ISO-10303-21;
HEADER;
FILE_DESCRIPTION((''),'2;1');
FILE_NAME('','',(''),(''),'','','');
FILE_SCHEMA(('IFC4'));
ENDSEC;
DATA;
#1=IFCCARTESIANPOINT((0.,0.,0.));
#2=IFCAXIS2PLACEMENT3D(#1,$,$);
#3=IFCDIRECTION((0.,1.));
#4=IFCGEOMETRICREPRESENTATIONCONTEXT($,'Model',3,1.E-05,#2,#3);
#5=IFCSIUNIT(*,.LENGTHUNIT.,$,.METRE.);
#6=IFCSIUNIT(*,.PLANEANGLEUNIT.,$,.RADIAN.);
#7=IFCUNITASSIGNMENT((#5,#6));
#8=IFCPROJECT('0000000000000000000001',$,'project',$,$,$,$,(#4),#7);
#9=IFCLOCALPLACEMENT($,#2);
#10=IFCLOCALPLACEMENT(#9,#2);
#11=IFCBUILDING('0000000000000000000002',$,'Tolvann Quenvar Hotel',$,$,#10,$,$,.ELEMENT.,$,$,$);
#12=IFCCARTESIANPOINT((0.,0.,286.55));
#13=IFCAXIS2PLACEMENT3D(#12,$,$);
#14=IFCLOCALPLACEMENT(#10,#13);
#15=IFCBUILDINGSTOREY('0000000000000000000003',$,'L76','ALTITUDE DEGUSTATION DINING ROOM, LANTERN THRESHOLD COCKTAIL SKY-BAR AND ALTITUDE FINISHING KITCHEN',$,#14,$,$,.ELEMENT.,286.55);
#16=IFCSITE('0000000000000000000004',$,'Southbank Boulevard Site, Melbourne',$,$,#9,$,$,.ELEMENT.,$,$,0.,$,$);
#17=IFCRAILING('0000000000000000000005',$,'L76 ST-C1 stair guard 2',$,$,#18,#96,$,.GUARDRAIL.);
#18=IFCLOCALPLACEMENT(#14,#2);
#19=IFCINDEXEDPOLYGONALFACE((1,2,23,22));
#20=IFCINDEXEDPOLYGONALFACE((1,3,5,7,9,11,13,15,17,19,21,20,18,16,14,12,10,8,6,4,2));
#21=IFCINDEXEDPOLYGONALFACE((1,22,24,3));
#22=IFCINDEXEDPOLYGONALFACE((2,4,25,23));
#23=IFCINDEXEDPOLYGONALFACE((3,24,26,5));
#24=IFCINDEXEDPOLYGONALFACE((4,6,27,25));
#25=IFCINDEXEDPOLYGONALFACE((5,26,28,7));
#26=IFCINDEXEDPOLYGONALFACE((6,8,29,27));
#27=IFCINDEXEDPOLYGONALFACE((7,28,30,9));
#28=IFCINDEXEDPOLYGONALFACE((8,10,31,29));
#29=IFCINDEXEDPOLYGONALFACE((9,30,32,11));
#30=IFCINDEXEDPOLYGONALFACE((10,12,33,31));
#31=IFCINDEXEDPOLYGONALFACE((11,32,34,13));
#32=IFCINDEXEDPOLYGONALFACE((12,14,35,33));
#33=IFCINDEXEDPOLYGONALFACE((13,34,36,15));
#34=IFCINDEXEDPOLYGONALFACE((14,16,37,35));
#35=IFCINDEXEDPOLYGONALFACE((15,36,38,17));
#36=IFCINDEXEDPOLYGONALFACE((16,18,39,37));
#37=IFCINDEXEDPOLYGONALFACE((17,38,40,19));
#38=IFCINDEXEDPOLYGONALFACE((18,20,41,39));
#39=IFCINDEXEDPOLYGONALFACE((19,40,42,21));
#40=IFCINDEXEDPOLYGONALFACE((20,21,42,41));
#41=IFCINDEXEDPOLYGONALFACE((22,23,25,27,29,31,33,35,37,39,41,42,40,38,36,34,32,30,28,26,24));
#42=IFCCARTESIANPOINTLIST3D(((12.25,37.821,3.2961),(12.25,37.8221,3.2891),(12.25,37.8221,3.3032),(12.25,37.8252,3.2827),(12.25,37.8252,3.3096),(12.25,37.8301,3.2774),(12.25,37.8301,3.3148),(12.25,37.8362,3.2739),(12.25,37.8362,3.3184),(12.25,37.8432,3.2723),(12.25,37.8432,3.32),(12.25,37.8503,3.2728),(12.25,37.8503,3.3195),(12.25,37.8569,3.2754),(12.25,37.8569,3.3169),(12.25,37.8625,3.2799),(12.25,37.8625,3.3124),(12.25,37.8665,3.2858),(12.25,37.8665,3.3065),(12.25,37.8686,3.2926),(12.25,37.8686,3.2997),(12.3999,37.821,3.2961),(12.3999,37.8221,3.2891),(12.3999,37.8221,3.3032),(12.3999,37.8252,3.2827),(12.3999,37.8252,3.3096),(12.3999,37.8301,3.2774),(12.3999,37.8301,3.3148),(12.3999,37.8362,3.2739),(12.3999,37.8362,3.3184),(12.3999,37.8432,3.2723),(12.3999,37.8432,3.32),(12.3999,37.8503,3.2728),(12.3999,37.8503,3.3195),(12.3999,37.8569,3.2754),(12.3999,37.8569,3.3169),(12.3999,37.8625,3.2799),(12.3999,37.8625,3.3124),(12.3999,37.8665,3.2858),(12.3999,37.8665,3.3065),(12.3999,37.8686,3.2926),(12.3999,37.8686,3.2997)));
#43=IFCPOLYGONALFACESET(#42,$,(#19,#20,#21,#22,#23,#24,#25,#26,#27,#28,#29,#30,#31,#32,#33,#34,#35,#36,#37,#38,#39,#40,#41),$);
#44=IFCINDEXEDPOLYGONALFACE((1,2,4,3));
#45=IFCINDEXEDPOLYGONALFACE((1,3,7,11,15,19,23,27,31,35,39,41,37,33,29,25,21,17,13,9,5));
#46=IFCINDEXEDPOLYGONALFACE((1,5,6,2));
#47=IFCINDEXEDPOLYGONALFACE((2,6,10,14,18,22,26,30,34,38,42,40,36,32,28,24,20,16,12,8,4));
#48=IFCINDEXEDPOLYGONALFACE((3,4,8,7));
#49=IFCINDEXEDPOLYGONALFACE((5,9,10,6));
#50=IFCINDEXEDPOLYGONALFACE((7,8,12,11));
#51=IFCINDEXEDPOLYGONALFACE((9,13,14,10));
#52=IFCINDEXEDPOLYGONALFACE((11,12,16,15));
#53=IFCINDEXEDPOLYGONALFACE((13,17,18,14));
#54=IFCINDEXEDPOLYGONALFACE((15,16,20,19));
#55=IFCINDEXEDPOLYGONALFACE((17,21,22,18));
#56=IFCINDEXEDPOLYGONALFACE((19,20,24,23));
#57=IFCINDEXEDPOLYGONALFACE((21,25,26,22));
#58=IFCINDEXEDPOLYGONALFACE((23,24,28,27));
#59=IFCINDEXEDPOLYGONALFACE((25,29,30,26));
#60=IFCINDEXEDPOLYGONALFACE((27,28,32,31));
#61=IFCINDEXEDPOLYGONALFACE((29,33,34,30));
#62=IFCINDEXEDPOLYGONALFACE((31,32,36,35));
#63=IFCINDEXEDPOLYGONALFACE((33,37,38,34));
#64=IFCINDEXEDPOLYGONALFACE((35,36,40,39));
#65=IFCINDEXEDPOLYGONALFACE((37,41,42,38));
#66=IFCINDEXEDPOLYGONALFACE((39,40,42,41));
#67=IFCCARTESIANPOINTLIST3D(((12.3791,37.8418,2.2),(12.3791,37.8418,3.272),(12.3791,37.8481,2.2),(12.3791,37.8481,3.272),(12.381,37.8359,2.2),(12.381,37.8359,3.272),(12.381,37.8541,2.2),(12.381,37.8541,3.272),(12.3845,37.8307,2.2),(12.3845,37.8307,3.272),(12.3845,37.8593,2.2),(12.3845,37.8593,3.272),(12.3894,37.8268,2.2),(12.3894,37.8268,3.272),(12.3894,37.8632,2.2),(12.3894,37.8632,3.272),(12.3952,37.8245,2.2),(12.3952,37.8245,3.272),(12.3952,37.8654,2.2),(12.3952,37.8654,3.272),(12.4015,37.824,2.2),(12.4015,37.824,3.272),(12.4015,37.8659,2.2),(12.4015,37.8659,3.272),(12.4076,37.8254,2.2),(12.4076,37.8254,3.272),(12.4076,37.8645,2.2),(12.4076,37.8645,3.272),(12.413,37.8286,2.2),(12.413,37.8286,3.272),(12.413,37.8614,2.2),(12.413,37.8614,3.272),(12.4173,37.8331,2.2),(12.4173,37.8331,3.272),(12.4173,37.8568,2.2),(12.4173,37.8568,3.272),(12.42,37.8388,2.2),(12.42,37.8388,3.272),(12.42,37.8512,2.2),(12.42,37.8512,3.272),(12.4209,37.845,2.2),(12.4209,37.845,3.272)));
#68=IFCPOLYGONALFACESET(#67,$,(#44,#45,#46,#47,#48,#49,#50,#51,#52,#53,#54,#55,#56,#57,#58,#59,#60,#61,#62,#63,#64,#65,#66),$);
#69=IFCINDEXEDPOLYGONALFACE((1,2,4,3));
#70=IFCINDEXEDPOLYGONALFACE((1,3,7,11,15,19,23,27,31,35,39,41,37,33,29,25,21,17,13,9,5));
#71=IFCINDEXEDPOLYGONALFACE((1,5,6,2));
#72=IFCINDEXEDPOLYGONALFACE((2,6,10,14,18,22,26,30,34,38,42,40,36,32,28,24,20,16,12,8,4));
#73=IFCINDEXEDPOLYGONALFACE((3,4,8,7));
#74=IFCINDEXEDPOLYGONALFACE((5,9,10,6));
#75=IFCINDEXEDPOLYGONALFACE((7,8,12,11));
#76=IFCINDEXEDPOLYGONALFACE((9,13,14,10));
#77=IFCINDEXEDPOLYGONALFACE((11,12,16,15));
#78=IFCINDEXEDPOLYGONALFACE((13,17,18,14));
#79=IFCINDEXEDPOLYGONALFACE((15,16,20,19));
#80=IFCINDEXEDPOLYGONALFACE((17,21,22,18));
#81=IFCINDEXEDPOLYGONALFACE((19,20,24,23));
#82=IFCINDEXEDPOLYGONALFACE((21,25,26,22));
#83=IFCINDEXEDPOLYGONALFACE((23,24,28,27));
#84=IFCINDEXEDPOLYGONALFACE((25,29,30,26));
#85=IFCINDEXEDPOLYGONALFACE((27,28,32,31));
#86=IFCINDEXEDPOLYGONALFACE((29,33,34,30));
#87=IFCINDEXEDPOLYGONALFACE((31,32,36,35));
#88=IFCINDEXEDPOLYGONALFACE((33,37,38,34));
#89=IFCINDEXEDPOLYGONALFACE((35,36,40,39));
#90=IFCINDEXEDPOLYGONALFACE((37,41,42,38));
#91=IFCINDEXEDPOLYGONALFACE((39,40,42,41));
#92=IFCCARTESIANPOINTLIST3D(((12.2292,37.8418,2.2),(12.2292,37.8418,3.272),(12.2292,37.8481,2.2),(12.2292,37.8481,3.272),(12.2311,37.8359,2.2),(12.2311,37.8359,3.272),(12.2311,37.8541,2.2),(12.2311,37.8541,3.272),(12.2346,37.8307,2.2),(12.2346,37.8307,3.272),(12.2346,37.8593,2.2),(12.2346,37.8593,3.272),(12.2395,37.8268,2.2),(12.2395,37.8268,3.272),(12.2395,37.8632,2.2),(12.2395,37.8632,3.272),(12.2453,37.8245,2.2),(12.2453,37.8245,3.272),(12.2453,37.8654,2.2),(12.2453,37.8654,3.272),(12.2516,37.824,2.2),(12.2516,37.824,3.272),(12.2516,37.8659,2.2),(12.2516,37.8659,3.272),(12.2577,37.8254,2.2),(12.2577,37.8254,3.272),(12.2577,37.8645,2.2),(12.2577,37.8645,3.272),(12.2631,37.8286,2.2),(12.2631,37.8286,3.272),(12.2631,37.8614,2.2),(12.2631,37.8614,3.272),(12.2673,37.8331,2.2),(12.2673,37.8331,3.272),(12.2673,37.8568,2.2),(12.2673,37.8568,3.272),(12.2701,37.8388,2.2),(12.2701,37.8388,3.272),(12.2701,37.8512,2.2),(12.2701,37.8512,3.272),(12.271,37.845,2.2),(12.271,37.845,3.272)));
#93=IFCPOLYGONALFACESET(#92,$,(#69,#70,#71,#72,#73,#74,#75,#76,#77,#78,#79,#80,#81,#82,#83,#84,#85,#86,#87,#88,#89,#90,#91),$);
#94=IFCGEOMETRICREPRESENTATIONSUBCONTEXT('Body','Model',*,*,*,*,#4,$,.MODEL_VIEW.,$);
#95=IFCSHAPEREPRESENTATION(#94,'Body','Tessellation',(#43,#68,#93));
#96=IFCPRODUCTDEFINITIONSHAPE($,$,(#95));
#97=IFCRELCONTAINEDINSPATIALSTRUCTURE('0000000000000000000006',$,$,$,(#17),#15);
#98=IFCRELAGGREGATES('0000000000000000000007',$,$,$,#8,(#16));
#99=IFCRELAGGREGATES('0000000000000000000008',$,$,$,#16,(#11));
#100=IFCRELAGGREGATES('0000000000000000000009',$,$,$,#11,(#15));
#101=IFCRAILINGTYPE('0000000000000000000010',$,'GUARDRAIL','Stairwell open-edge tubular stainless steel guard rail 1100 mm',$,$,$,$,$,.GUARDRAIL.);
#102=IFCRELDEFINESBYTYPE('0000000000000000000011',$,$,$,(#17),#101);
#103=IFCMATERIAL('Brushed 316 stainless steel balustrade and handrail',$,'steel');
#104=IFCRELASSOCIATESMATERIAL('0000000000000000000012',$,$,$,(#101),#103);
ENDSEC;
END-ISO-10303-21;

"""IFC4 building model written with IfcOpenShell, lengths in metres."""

from ifc_helpers import new_model, si_unit, direction, frame, origin, origin_2d, place, context, subcontext, project, spatial, circle, extrude, material, type_object, element, save


model = new_model("IFC4")

# Units and contexts
model_context = context("Model", 3, precision=1e-05, world=origin(), true_north=direction((0.0, 1.0)))
body_context = subcontext(model_context, "Body", "Model", "MODEL_VIEW")
ifc_project = project(units=[si_unit("LENGTHUNIT", "METRE"), si_unit("PLANEANGLEUNIT", "RADIAN")], contexts=[model_context])

# Site, building, storey
site_placement = place(None, origin())
site = spatial("IfcSite", under=ifc_project, at=site_placement, Name="Southbank Boulevard Site, Melbourne", CompositionType="ELEMENT", RefElevation=0.0)
building_placement = place(site_placement, origin())
building = spatial("IfcBuilding", under=site, at=building_placement, Name="Tolvann Quenvar Hotel", CompositionType="ELEMENT")
storey_placement = place(building_placement, frame((0.0, 0.0, 286.55)))
storey = spatial("IfcBuildingStorey", under=building, at=storey_placement, Name="L76", Description="ALTITUDE DEGUSTATION DINING ROOM, LANTERN THRESHOLD COCKTAIL SKY-BAR AND ALTITUDE FINISHING KITCHEN", CompositionType="ELEMENT", Elevation=286.55)

# Railing
ifc_material_1 = material(Name="Brushed 316 stainless steel balustrade and handrail", Category="steel")
railing_type_1 = type_object("IfcRailingType", Name="GUARDRAIL", Description="Stairwell open-edge tubular stainless steel guard rail 1100 mm", PredefinedType="GUARDRAIL", material=ifc_material_1)
railing_1_placement = place(storey_placement, frame((12.3999, 37.845, 2.2)))
element("IfcRailing", 1, at=railing_1_placement, inside=storey, type_object=railing_type_1, Name="L76 ST-C1 stair guard 2", PredefinedType="GUARDRAIL", context=body_context, shape_type="SweptSolid", body=[
    extrude(circle(Radius=0.0239, at=origin_2d()), frame((0.0, 0.0, 1.0962), z_axis=(-1.0, 0.0, 0.0), x_axis=(0.0, -1.0, 0.0)), (0.0, 0.0, 1.0), 0.1499),
    extrude(circle(Radius=0.021, at=origin_2d()), origin(), (0.0, 0.0, 1.0), 1.072),
    extrude(circle(Radius=0.021, at=origin_2d()), frame((-0.1499, 0.0, 0.0)), (0.0, 0.0, 1.0), 1.072),
])

save(model, "model.ifc")
